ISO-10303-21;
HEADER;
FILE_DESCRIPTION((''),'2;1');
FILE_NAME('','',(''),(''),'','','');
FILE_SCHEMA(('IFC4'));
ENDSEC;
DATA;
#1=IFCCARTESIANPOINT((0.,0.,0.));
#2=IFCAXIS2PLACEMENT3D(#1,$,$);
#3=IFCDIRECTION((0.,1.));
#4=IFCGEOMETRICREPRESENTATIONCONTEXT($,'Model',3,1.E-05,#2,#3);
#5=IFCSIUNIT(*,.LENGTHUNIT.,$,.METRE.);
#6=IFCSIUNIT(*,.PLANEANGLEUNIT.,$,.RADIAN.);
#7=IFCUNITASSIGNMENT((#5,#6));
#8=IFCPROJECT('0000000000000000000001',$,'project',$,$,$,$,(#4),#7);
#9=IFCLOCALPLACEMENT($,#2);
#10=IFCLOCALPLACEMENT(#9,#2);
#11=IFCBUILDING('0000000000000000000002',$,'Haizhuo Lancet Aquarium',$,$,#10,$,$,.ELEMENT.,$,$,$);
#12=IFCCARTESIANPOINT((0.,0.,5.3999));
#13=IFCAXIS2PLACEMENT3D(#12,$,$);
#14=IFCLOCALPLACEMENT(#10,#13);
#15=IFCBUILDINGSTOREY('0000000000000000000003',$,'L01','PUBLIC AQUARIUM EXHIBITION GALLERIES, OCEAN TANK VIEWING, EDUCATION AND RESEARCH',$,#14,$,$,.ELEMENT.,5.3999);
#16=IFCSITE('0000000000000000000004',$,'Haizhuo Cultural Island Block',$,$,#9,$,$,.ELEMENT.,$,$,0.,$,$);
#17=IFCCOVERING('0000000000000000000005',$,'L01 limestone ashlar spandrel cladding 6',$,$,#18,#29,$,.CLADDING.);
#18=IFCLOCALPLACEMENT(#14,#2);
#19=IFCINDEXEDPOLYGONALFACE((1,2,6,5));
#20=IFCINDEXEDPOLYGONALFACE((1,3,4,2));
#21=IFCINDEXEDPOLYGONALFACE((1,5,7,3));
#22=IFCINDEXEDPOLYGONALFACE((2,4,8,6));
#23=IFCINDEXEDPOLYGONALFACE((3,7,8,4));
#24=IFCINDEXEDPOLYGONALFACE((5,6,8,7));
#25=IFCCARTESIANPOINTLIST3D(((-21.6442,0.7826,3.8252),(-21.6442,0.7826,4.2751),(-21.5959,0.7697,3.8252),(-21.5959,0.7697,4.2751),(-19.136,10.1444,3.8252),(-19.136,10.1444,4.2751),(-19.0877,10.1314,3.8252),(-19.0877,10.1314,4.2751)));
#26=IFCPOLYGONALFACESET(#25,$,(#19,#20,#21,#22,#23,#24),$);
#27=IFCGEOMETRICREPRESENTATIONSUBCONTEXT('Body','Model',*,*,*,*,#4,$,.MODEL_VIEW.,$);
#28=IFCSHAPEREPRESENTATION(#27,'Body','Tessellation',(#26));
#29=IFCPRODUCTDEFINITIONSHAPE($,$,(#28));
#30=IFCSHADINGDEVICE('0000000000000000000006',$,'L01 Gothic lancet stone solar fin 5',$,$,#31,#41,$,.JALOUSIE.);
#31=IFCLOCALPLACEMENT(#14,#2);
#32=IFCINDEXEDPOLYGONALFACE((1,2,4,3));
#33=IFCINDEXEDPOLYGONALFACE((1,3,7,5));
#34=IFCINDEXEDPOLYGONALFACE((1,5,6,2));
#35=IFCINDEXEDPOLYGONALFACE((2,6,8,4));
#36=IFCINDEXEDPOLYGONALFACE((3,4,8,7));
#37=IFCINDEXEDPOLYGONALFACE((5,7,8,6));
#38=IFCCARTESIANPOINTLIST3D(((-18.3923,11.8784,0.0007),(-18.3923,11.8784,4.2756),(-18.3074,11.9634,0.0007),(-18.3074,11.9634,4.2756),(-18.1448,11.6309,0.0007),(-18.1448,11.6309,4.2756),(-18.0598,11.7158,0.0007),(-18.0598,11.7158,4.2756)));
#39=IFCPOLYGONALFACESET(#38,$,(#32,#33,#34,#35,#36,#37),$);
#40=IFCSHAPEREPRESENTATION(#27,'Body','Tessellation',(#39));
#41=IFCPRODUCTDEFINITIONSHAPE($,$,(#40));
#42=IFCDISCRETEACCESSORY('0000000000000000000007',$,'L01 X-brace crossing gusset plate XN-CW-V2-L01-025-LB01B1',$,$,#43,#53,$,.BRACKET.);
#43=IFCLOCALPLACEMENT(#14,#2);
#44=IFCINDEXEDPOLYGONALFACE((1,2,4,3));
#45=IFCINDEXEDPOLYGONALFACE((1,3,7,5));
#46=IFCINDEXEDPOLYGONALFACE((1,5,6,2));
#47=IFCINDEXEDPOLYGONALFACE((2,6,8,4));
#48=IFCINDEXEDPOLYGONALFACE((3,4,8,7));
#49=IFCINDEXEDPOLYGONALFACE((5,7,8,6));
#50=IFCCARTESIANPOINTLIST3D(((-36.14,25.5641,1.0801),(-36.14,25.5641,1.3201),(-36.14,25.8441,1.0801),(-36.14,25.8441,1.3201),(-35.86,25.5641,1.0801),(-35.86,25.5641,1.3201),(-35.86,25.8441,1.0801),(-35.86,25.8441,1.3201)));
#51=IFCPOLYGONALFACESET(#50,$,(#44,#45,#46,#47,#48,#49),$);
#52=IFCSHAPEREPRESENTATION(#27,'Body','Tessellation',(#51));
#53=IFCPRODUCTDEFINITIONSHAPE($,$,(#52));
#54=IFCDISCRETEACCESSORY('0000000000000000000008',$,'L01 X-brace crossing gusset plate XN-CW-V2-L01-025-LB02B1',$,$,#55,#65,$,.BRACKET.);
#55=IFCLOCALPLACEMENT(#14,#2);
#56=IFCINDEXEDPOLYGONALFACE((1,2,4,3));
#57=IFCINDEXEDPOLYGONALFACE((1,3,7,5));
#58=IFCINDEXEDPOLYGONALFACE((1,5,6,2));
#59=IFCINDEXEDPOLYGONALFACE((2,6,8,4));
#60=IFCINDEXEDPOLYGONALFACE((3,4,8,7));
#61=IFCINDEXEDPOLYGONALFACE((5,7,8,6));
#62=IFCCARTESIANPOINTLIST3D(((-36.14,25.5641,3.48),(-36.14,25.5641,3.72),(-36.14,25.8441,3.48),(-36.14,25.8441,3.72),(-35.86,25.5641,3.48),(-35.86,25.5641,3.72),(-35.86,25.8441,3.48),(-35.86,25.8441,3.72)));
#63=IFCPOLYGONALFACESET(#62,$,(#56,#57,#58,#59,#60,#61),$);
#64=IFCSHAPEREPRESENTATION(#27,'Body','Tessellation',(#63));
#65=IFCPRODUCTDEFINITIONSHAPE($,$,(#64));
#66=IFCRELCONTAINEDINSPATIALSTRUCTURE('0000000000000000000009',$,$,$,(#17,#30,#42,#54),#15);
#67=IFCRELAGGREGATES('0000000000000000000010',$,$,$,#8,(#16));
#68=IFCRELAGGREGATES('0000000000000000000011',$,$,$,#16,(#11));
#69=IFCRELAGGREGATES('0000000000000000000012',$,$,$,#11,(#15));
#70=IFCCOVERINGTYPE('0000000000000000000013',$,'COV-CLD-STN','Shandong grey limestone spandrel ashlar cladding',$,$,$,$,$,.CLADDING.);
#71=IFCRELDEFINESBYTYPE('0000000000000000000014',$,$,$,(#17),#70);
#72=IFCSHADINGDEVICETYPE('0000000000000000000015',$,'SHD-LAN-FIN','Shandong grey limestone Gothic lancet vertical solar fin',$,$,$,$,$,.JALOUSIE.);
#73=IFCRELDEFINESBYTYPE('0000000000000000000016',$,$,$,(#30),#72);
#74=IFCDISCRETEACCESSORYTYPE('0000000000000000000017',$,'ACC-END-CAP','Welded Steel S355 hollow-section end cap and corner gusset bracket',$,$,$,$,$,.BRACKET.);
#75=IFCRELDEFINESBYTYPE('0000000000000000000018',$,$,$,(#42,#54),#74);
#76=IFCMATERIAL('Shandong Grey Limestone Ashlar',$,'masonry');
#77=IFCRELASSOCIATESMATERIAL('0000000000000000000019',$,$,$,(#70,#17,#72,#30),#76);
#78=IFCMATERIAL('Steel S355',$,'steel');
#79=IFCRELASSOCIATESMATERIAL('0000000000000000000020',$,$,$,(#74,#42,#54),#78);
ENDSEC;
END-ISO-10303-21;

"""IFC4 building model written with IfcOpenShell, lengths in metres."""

from ifc_helpers import new_model, si_unit, direction, frame, origin, origin_2d, place, context, subcontext, project, spatial, rectangle, extrude, material, type_object, element, save


model = new_model("IFC4")

# Units and contexts
model_context = context("Model", 3, precision=1e-05, world=origin(), true_north=direction((0.0, 1.0)))
body_context = subcontext(model_context, "Body", "Model", "MODEL_VIEW")
ifc_project = project(units=[si_unit("LENGTHUNIT", "METRE"), si_unit("PLANEANGLEUNIT", "RADIAN")], contexts=[model_context])

# Site, building, storey
site_placement = place(None, origin())
site = spatial("IfcSite", under=ifc_project, at=site_placement, Name="Haizhuo Cultural Island Block", CompositionType="ELEMENT", RefElevation=0.0)
building_placement = place(site_placement, origin())
building = spatial("IfcBuilding", under=site, at=building_placement, Name="Haizhuo Lancet Aquarium", CompositionType="ELEMENT")
storey_placement = place(building_placement, frame((0.0, 0.0, 5.3999)))
storey = spatial("IfcBuildingStorey", under=building, at=storey_placement, Name="L01", Description="PUBLIC AQUARIUM EXHIBITION GALLERIES, OCEAN TANK VIEWING, EDUCATION AND RESEARCH", CompositionType="ELEMENT", Elevation=5.3999)

# Shared definitions
ifc_material_1 = material(Name="Steel S355", Category="steel")

# Shared definitions
ifc_material_2 = material(Name="Shandong Grey Limestone Ashlar", Category="masonry")

# Covering
covering_type_1 = type_object("IfcCoveringType", Name="COV-CLD-STN", Description="Shandong grey limestone spandrel ashlar cladding", PredefinedType="CLADDING", material=ifc_material_2)
covering_1_placement = place(storey_placement, frame((-20.366, 5.457, 3.8252), z_axis=(0.0, 0.0, 1.0), x_axis=(0.258794, 0.965933, 0.0)))
element("IfcCovering", 1, at=covering_1_placement, inside=storey, type_object=covering_type_1, material=ifc_material_2, Name="L01 limestone ashlar spandrel cladding 6", PredefinedType="CLADDING", context=body_context, shape_type="SweptSolid", body=[
    extrude(rectangle(XDim=9.6919, YDim=0.05, at=origin_2d()), origin(), (0.0, 0.0, 1.0), 0.45),
])

# Shading device
shading_device_type = type_object("IfcShadingDeviceType", Name="SHD-LAN-FIN", Description="Shandong grey limestone Gothic lancet vertical solar fin", PredefinedType="JALOUSIE", material=ifc_material_2)
shading_device_placement = place(storey_placement, frame((-18.2261, 11.7971, 0.0007), z_axis=(0.0, 0.0, 1.0), x_axis=(0.707107, 0.707107, 0.0)))
element("IfcShadingDevice", 2, at=shading_device_placement, inside=storey, type_object=shading_device_type, material=ifc_material_2, Name="L01 Gothic lancet stone solar fin 5", PredefinedType="JALOUSIE", context=body_context, shape_type="SweptSolid", body=[
    extrude(rectangle(XDim=0.1201, YDim=0.3501, at=origin_2d()), origin(), (0.0, 0.0, 1.0), 4.2749),
])

# Discrete accessories
discrete_accessory_type = type_object("IfcDiscreteAccessoryType", Name="ACC-END-CAP", Description="Welded Steel S355 hollow-section end cap and corner gusset bracket", PredefinedType="BRACKET", material=ifc_material_1)
for number, where, z_axis, x_axis, name in (
    (3, (-36.0, 25.7041, 1.0801), (0.0, 0.0, 1.0), (1.0, 0.0, 0.0), "L01 X-brace crossing gusset plate XN-CW-V2-L01-025-LB01B1"),
    (4, (-36.0, 25.7041, 3.48), (0.0, 0.0, 1.0), (1.0, 0.0, 0.0), "L01 X-brace crossing gusset plate XN-CW-V2-L01-025-LB02B1"),
):
    element("IfcDiscreteAccessory", number, at=place(storey_placement, frame(where, z_axis=z_axis, x_axis=x_axis)), inside=storey, type_object=discrete_accessory_type, material=ifc_material_1, Name=name, PredefinedType="BRACKET", context=body_context, shape_type="SweptSolid", body=[
        extrude(rectangle(XDim=0.28, YDim=0.28, at=origin_2d()), origin(), (0.0, 0.0, 1.0), 0.24),
    ])

save(model, "model.ifc")
